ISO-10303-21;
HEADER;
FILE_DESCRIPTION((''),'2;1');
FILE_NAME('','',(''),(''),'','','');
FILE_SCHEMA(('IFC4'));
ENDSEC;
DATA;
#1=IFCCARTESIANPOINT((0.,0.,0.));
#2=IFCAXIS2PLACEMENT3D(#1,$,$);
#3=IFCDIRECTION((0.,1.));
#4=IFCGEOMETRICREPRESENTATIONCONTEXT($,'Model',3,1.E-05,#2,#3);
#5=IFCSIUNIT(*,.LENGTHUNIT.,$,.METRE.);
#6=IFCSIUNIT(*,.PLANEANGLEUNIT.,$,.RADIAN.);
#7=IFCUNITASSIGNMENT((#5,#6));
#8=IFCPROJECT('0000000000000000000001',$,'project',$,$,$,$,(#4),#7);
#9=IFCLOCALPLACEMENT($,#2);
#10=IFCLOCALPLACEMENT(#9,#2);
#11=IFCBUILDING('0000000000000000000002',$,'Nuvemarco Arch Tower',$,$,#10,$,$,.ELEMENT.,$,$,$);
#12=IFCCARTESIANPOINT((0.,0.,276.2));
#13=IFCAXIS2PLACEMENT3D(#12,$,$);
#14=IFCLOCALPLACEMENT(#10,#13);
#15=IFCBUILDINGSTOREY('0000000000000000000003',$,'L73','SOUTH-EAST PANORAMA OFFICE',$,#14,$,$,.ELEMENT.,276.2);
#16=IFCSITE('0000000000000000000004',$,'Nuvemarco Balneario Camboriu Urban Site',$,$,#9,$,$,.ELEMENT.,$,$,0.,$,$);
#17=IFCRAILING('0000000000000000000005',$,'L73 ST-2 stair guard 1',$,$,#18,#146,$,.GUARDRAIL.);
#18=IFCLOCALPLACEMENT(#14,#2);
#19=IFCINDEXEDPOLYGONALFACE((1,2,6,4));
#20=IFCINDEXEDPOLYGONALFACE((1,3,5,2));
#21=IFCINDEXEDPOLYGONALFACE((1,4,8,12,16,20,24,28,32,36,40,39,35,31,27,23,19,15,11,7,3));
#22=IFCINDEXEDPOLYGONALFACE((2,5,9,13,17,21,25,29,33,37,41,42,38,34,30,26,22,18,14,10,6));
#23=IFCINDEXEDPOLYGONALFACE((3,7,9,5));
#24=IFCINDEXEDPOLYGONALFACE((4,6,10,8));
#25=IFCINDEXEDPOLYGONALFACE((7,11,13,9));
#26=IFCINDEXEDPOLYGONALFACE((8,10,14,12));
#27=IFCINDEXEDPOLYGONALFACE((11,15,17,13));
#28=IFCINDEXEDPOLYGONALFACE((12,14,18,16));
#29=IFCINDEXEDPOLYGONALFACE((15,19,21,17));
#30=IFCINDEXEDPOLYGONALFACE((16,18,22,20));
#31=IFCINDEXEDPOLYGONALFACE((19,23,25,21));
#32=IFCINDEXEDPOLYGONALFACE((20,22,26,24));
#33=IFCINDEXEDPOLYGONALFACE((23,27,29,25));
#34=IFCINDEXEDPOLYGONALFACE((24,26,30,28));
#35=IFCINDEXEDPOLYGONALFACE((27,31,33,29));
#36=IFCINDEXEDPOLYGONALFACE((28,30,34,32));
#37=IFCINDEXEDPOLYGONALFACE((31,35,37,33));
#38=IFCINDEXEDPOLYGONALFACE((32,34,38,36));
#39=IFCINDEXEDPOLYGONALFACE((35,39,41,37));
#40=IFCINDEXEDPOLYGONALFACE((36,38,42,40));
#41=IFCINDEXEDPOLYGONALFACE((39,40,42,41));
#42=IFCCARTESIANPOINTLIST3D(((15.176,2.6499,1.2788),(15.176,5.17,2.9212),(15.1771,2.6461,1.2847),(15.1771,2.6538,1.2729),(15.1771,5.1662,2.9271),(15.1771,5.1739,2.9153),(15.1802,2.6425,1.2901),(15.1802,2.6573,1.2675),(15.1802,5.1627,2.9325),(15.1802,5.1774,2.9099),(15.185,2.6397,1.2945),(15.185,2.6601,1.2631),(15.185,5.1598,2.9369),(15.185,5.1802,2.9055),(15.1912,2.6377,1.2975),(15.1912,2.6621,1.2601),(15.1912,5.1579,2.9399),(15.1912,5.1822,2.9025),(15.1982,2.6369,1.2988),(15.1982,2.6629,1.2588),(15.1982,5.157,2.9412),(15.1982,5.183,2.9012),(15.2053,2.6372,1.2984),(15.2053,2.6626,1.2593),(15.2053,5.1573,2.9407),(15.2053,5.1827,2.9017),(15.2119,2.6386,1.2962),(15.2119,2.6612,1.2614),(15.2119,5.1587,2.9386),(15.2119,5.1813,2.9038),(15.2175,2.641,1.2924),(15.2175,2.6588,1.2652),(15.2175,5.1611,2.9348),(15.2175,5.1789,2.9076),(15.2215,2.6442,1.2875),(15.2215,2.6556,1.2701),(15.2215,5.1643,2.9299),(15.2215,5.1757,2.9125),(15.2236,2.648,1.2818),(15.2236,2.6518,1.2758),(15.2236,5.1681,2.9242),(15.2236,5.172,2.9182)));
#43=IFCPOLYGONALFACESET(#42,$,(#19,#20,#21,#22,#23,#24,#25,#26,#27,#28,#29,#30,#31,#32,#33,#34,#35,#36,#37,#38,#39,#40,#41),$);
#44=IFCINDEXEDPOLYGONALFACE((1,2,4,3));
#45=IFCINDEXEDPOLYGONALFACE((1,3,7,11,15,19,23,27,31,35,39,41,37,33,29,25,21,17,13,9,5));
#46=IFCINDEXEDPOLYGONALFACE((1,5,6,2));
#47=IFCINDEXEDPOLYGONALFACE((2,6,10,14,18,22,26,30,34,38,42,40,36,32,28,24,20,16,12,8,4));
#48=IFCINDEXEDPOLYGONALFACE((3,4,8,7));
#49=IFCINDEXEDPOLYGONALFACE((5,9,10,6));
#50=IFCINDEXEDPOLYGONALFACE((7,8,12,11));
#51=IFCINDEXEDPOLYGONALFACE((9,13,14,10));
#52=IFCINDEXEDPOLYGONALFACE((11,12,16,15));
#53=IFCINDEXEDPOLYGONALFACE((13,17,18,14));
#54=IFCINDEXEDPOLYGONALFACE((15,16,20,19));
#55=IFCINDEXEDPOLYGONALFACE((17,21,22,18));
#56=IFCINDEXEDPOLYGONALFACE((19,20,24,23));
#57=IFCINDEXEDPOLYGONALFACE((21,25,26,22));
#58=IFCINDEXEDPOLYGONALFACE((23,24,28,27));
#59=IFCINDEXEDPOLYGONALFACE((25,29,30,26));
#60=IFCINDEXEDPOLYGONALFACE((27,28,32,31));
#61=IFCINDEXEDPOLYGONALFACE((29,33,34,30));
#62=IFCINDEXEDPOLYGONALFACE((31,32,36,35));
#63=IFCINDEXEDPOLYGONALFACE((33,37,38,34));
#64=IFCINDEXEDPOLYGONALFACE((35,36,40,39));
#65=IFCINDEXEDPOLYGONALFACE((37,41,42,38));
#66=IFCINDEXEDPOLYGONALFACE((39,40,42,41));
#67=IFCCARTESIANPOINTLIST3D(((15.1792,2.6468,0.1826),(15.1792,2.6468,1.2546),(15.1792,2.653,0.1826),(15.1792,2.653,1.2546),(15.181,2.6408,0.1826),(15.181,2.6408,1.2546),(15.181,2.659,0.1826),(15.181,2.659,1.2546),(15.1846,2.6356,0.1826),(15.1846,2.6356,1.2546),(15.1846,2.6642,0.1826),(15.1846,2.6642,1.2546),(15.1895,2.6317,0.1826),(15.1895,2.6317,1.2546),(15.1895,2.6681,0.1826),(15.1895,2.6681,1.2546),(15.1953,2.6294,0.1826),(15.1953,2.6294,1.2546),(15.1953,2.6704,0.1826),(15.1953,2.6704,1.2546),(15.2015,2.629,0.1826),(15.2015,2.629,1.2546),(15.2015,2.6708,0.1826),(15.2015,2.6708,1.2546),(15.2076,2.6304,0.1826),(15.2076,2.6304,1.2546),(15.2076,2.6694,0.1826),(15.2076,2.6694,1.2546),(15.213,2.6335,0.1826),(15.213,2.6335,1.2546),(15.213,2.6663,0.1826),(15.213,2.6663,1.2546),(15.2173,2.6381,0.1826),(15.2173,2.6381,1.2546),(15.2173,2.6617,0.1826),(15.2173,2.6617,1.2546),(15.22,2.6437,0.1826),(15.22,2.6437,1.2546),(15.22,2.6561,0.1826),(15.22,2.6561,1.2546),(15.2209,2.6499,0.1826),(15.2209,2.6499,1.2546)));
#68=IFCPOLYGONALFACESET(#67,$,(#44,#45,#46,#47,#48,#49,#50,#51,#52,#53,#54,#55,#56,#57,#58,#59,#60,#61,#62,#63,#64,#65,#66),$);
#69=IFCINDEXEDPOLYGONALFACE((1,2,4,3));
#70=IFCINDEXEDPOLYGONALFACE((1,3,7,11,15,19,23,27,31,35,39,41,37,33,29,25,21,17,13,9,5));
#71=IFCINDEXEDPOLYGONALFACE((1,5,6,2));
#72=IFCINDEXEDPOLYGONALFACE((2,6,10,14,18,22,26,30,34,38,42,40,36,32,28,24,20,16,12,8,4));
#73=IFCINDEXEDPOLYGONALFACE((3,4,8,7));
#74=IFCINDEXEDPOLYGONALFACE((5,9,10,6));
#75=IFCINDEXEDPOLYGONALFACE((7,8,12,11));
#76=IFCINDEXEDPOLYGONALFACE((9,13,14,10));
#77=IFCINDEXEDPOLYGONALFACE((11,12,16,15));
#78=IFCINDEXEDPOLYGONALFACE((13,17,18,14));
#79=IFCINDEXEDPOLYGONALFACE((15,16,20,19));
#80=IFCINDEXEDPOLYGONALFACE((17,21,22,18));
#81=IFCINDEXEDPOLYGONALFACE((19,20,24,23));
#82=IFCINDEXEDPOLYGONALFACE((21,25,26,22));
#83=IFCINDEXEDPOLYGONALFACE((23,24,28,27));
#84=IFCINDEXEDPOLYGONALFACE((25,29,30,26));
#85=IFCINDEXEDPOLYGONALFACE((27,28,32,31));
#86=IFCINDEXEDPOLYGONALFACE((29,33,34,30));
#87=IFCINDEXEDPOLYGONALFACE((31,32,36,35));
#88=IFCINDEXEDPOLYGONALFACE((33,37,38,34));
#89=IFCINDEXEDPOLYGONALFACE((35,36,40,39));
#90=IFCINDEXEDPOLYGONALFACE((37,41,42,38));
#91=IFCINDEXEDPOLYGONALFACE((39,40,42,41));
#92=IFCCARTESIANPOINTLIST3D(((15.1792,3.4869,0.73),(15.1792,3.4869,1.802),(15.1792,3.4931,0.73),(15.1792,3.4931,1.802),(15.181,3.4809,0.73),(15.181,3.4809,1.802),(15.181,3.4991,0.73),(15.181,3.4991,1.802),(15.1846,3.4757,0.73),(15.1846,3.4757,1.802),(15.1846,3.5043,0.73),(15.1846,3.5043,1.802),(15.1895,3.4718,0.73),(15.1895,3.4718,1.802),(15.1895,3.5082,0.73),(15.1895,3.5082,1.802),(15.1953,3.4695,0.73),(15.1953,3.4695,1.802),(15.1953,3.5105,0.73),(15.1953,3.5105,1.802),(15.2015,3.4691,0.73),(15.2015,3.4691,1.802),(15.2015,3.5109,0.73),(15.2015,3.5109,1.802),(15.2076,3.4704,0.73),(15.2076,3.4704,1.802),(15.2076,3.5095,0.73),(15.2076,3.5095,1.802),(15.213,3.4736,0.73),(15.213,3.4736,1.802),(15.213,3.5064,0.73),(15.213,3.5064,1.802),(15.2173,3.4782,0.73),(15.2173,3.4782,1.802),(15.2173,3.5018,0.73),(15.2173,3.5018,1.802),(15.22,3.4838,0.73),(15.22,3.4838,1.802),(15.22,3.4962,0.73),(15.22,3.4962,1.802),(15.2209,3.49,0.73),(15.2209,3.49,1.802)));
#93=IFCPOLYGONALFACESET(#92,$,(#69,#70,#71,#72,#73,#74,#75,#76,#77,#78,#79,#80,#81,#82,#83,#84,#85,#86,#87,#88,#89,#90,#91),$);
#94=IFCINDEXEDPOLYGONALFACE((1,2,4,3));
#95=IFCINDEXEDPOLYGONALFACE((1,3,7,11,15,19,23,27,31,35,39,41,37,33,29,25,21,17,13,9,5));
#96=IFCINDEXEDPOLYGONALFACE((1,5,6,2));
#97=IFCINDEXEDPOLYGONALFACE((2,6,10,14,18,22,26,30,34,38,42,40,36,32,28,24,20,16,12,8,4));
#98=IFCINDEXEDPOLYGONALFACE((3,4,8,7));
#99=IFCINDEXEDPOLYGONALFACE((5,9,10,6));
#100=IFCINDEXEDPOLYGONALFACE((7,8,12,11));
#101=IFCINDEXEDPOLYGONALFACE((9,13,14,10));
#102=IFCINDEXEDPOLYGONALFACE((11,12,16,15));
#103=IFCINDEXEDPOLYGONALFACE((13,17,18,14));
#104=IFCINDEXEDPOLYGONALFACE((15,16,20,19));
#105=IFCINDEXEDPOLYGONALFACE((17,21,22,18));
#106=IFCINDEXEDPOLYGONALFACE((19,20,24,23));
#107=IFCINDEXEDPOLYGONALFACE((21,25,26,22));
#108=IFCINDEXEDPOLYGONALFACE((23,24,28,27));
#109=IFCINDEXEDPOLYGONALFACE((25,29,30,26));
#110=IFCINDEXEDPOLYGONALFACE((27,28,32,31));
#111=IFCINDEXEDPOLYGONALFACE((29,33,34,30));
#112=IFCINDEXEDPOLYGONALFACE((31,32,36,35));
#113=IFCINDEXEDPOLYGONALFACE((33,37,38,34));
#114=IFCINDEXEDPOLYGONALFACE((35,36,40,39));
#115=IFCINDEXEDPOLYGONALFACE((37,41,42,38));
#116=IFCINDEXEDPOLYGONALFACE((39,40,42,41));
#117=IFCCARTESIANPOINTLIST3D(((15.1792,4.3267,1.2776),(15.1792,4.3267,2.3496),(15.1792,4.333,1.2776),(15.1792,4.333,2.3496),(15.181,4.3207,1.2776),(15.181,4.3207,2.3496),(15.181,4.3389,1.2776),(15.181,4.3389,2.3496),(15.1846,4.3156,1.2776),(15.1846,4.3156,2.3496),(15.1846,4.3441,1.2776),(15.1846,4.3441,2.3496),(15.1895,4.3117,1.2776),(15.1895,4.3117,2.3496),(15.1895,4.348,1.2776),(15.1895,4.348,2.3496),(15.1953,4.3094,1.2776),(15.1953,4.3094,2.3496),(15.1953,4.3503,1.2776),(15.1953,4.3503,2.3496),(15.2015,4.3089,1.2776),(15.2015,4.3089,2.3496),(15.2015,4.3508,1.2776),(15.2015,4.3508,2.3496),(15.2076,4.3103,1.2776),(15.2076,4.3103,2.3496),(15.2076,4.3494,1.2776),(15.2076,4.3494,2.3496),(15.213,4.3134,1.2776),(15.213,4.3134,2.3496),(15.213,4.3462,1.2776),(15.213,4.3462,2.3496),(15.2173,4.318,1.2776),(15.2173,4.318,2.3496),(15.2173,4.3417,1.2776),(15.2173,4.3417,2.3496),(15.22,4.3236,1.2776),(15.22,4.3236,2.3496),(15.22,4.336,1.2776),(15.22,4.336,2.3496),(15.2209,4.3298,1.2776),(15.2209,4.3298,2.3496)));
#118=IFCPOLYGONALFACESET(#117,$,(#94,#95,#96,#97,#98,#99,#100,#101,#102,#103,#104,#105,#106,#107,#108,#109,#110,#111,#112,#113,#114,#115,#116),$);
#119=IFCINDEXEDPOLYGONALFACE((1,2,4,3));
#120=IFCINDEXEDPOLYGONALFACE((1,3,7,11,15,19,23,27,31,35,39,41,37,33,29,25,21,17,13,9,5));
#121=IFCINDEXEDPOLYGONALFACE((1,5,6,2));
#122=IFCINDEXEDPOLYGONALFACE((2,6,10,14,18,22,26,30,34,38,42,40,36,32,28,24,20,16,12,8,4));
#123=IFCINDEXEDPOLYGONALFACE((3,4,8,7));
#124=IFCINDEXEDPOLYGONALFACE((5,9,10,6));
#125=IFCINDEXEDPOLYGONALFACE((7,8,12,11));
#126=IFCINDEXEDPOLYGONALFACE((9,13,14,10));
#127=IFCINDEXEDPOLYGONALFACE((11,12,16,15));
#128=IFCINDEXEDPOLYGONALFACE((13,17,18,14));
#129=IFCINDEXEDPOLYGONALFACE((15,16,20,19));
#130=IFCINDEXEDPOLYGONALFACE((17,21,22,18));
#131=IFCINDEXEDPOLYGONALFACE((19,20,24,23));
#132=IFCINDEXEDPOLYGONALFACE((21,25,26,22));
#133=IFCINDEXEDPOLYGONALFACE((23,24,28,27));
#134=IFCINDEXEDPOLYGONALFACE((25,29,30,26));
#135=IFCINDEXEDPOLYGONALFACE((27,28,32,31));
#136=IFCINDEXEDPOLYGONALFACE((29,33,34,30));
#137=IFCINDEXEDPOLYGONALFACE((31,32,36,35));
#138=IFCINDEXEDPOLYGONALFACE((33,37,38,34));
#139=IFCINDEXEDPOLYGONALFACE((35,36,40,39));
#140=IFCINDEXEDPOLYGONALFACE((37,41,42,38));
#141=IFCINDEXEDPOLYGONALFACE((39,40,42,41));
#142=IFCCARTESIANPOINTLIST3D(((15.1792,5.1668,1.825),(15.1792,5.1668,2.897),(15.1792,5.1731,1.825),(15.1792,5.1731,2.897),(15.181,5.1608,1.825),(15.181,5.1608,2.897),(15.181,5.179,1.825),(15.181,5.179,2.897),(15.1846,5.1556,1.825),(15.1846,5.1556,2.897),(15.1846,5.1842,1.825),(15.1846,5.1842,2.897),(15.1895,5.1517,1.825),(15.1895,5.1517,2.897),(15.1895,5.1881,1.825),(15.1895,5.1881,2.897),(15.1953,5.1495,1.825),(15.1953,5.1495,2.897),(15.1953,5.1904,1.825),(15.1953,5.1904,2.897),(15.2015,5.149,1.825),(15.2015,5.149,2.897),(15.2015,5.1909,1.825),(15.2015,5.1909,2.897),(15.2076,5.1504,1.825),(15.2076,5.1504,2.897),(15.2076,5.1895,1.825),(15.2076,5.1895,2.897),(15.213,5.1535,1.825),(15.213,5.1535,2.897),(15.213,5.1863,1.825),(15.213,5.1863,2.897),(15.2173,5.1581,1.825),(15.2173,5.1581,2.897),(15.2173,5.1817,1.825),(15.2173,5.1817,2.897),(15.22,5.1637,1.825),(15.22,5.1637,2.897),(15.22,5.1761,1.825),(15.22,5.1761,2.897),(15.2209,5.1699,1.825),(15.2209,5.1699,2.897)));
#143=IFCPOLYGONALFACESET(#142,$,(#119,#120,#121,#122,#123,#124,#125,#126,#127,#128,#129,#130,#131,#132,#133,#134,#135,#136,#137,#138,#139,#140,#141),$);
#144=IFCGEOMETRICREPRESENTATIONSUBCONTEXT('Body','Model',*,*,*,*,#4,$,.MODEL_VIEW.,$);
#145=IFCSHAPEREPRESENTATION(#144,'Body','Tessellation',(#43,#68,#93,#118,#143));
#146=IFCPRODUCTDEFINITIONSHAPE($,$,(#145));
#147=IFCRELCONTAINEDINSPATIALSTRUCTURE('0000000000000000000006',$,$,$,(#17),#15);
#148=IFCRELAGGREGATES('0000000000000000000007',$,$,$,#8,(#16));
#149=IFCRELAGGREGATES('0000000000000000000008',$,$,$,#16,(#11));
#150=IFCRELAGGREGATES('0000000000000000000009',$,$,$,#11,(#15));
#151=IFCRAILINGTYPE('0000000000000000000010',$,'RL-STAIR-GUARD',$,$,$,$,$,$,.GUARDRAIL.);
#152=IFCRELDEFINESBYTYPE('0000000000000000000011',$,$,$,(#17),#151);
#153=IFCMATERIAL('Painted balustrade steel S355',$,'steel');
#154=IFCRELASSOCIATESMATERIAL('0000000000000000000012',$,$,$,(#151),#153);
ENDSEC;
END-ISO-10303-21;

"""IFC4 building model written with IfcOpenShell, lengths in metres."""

from ifc_helpers import new_model, si_unit, direction, frame, origin, origin_2d, place, context, subcontext, project, spatial, circle, extrude, material, type_object, element, save


model = new_model("IFC4")

# Units and contexts
model_context = context("Model", 3, precision=1e-05, world=origin(), true_north=direction((0.0, 1.0)))
body_context = subcontext(model_context, "Body", "Model", "MODEL_VIEW")
ifc_project = project(units=[si_unit("LENGTHUNIT", "METRE"), si_unit("PLANEANGLEUNIT", "RADIAN")], contexts=[model_context])

# Site, building, storey
site_placement = place(None, origin())
site = spatial("IfcSite", under=ifc_project, at=site_placement, Name="Nuvemarco Balneario Camboriu Urban Site", CompositionType="ELEMENT", RefElevation=0.0)
building_placement = place(site_placement, origin())
building = spatial("IfcBuilding", under=site, at=building_placement, Name="Nuvemarco Arch Tower", CompositionType="ELEMENT")
storey_placement = place(building_placement, frame((0.0, 0.0, 276.2)))
storey = spatial("IfcBuildingStorey", under=building, at=storey_placement, Name="L73", Description="SOUTH-EAST PANORAMA OFFICE", CompositionType="ELEMENT", Elevation=276.2)

# Railing
ifc_material_1 = material(Name="Painted balustrade steel S355", Category="steel")
railing_type_1 = type_object("IfcRailingType", Name="RL-STAIR-GUARD", PredefinedType="GUARDRAIL", material=ifc_material_1)
railing_1_placement = place(storey_placement, frame((15.2, 2.6499, 0.1826)))
element("IfcRailing", 1, at=railing_1_placement, inside=storey, type_object=railing_type_1, Name="L73 ST-2 stair guard 1", PredefinedType="GUARDRAIL", context=body_context, shape_type="SweptSolid", body=[
    extrude(circle(Radius=0.0239, at=origin_2d()), frame((0.0, 0.0, 1.0962), z_axis=(0.0, 0.837787, 0.545998), x_axis=(-1.0, 0.0, 0.0)), (0.0, 0.0, 1.0), 3.0081),
    extrude(circle(Radius=0.021, at=origin_2d()), origin(), (0.0, 0.0, 1.0), 1.072),
    extrude(circle(Radius=0.021, at=origin_2d()), frame((0.0, 0.8401, 0.5474)), (0.0, 0.0, 1.0), 1.072),
    extrude(circle(Radius=0.021, at=origin_2d()), frame((0.0, 1.6799, 1.095)), (0.0, 0.0, 1.0), 1.072),
    extrude(circle(Radius=0.021, at=origin_2d()), frame((0.0, 2.52, 1.6423)), (0.0, 0.0, 1.0), 1.072),
])

save(model, "model.ifc")
